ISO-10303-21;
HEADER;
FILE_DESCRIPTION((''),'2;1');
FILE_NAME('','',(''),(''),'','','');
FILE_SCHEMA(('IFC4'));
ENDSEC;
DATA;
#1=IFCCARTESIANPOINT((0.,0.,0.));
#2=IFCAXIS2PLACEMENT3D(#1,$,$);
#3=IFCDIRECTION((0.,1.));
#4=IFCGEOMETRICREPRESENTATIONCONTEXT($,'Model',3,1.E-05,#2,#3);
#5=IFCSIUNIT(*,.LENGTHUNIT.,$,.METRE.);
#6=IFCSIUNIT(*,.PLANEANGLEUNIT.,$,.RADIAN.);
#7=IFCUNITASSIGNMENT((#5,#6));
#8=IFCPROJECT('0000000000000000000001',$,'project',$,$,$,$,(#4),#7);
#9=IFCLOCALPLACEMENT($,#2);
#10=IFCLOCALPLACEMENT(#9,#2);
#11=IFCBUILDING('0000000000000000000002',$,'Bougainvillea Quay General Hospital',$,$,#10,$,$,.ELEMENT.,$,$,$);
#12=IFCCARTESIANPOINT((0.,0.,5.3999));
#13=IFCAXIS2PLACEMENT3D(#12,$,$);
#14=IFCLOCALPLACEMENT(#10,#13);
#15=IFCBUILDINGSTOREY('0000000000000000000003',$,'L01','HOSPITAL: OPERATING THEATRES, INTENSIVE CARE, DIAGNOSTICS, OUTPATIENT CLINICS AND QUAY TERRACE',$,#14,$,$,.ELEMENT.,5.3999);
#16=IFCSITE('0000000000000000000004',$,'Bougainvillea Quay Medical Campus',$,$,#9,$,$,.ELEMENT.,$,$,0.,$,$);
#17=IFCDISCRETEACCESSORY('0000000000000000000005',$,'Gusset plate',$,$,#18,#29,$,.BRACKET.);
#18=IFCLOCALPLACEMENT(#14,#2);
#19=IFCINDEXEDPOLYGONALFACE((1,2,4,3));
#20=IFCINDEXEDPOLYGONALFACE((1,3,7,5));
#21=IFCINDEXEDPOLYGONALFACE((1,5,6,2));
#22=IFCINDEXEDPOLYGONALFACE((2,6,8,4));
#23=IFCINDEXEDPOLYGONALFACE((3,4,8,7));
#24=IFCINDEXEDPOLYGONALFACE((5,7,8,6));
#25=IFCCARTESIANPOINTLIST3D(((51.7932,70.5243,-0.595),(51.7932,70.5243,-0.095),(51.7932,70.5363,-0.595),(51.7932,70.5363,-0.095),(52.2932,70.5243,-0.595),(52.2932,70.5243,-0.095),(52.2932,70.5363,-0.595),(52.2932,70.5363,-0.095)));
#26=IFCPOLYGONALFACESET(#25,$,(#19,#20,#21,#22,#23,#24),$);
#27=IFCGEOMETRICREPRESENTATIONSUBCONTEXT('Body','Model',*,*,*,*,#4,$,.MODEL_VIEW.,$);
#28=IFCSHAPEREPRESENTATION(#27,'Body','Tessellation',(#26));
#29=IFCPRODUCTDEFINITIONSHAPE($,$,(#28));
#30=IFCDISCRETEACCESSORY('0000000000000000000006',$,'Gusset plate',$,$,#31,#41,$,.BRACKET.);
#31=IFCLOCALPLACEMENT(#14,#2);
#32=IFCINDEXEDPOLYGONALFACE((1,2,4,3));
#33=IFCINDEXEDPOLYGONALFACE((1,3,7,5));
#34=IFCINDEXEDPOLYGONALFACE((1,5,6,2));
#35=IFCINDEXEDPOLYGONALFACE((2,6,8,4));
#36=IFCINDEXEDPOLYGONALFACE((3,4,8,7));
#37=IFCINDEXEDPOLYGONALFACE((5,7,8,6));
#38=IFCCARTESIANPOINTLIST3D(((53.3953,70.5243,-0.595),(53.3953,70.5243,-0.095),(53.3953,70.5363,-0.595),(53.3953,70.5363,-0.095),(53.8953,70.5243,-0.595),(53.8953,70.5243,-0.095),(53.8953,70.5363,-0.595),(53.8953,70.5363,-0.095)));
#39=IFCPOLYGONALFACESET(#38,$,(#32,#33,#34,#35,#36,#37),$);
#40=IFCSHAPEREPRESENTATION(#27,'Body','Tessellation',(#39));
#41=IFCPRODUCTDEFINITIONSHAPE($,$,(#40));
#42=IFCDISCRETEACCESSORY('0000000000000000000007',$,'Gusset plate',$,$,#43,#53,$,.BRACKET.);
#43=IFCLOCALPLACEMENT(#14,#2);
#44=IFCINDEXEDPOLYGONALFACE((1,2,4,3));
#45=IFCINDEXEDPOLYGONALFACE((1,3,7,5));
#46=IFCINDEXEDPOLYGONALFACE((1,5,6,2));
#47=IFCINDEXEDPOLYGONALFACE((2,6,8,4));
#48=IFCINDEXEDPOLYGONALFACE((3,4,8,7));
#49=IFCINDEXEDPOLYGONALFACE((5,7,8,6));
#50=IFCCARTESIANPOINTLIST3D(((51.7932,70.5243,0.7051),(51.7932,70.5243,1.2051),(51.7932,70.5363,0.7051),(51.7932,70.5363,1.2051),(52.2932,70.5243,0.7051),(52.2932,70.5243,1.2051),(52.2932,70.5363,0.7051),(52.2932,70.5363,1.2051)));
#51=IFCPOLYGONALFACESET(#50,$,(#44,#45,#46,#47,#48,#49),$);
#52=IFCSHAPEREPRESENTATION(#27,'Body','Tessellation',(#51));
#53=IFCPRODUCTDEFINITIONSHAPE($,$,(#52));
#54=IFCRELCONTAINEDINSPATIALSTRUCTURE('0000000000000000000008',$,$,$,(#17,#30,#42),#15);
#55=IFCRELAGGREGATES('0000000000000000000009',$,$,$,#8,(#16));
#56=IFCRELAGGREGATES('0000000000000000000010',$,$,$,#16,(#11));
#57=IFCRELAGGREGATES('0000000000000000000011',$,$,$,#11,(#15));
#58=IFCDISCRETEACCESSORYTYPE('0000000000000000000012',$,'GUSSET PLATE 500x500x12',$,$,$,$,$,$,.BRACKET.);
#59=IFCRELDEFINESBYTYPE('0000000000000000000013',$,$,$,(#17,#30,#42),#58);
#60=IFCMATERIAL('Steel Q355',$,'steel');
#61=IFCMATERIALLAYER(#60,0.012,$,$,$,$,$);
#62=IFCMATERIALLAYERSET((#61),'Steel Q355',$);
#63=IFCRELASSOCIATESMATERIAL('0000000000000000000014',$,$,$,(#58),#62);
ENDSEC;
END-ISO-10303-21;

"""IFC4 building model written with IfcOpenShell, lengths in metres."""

from ifc_helpers import new_model, si_unit, direction, frame, origin, origin_2d, place, context, subcontext, project, spatial, rectangle, extrude, material, layer, layer_set, type_object, element, save


model = new_model("IFC4")

# Units and contexts
model_context = context("Model", 3, precision=1e-05, world=origin(), true_north=direction((0.0, 1.0)))
body_context = subcontext(model_context, "Body", "Model", "MODEL_VIEW")
ifc_project = project(units=[si_unit("LENGTHUNIT", "METRE"), si_unit("PLANEANGLEUNIT", "RADIAN")], contexts=[model_context])

# Site, building, storey
site_placement = place(None, origin())
site = spatial("IfcSite", under=ifc_project, at=site_placement, Name="Bougainvillea Quay Medical Campus", CompositionType="ELEMENT", RefElevation=0.0)
building_placement = place(site_placement, origin())
building = spatial("IfcBuilding", under=site, at=building_placement, Name="Bougainvillea Quay General Hospital", CompositionType="ELEMENT")
storey_placement = place(building_placement, frame((0.0, 0.0, 5.3999)))
storey = spatial("IfcBuildingStorey", under=building, at=storey_placement, Name="L01", Description="HOSPITAL: OPERATING THEATRES, INTENSIVE CARE, DIAGNOSTICS, OUTPATIENT CLINICS AND QUAY TERRACE", CompositionType="ELEMENT", Elevation=5.3999)

# Shared definitions
ifc_material_1 = material(Name="Steel Q355", Category="steel")

# Discrete accessories
ifc_layer_1 = layer(ifc_material_1, 0.012)
ifc_layer_set_1 = layer_set([ifc_layer_1], Name="Steel Q355")
discrete_accessory_type = type_object("IfcDiscreteAccessoryType", Name="GUSSET PLATE 500x500x12", PredefinedType="BRACKET", material=ifc_layer_set_1)
for number, where, z_axis, x_axis, name in (
    (1, (52.0432, 70.5303, -0.595), (0.0, 0.0, 1.0), (1.0, 0.0, 0.0), "Gusset plate"),
    (2, (53.6453, 70.5303, -0.595), (0.0, 0.0, 1.0), (1.0, 0.0, 0.0), "Gusset plate"),
    (3, (52.0432, 70.5303, 0.7051), (0.0, 0.0, 1.0), (1.0, 0.0, 0.0), "Gusset plate"),
):
    element("IfcDiscreteAccessory", number, at=place(storey_placement, frame(where, z_axis=z_axis, x_axis=x_axis)), inside=storey, type_object=discrete_accessory_type, Name=name, PredefinedType="BRACKET", context=body_context, shape_type="SweptSolid", body=[
        extrude(rectangle(XDim=0.5, YDim=0.012, at=origin_2d()), origin(), (0.0, 0.0, 1.0), 0.5),
    ])

save(model, "model.ifc")
